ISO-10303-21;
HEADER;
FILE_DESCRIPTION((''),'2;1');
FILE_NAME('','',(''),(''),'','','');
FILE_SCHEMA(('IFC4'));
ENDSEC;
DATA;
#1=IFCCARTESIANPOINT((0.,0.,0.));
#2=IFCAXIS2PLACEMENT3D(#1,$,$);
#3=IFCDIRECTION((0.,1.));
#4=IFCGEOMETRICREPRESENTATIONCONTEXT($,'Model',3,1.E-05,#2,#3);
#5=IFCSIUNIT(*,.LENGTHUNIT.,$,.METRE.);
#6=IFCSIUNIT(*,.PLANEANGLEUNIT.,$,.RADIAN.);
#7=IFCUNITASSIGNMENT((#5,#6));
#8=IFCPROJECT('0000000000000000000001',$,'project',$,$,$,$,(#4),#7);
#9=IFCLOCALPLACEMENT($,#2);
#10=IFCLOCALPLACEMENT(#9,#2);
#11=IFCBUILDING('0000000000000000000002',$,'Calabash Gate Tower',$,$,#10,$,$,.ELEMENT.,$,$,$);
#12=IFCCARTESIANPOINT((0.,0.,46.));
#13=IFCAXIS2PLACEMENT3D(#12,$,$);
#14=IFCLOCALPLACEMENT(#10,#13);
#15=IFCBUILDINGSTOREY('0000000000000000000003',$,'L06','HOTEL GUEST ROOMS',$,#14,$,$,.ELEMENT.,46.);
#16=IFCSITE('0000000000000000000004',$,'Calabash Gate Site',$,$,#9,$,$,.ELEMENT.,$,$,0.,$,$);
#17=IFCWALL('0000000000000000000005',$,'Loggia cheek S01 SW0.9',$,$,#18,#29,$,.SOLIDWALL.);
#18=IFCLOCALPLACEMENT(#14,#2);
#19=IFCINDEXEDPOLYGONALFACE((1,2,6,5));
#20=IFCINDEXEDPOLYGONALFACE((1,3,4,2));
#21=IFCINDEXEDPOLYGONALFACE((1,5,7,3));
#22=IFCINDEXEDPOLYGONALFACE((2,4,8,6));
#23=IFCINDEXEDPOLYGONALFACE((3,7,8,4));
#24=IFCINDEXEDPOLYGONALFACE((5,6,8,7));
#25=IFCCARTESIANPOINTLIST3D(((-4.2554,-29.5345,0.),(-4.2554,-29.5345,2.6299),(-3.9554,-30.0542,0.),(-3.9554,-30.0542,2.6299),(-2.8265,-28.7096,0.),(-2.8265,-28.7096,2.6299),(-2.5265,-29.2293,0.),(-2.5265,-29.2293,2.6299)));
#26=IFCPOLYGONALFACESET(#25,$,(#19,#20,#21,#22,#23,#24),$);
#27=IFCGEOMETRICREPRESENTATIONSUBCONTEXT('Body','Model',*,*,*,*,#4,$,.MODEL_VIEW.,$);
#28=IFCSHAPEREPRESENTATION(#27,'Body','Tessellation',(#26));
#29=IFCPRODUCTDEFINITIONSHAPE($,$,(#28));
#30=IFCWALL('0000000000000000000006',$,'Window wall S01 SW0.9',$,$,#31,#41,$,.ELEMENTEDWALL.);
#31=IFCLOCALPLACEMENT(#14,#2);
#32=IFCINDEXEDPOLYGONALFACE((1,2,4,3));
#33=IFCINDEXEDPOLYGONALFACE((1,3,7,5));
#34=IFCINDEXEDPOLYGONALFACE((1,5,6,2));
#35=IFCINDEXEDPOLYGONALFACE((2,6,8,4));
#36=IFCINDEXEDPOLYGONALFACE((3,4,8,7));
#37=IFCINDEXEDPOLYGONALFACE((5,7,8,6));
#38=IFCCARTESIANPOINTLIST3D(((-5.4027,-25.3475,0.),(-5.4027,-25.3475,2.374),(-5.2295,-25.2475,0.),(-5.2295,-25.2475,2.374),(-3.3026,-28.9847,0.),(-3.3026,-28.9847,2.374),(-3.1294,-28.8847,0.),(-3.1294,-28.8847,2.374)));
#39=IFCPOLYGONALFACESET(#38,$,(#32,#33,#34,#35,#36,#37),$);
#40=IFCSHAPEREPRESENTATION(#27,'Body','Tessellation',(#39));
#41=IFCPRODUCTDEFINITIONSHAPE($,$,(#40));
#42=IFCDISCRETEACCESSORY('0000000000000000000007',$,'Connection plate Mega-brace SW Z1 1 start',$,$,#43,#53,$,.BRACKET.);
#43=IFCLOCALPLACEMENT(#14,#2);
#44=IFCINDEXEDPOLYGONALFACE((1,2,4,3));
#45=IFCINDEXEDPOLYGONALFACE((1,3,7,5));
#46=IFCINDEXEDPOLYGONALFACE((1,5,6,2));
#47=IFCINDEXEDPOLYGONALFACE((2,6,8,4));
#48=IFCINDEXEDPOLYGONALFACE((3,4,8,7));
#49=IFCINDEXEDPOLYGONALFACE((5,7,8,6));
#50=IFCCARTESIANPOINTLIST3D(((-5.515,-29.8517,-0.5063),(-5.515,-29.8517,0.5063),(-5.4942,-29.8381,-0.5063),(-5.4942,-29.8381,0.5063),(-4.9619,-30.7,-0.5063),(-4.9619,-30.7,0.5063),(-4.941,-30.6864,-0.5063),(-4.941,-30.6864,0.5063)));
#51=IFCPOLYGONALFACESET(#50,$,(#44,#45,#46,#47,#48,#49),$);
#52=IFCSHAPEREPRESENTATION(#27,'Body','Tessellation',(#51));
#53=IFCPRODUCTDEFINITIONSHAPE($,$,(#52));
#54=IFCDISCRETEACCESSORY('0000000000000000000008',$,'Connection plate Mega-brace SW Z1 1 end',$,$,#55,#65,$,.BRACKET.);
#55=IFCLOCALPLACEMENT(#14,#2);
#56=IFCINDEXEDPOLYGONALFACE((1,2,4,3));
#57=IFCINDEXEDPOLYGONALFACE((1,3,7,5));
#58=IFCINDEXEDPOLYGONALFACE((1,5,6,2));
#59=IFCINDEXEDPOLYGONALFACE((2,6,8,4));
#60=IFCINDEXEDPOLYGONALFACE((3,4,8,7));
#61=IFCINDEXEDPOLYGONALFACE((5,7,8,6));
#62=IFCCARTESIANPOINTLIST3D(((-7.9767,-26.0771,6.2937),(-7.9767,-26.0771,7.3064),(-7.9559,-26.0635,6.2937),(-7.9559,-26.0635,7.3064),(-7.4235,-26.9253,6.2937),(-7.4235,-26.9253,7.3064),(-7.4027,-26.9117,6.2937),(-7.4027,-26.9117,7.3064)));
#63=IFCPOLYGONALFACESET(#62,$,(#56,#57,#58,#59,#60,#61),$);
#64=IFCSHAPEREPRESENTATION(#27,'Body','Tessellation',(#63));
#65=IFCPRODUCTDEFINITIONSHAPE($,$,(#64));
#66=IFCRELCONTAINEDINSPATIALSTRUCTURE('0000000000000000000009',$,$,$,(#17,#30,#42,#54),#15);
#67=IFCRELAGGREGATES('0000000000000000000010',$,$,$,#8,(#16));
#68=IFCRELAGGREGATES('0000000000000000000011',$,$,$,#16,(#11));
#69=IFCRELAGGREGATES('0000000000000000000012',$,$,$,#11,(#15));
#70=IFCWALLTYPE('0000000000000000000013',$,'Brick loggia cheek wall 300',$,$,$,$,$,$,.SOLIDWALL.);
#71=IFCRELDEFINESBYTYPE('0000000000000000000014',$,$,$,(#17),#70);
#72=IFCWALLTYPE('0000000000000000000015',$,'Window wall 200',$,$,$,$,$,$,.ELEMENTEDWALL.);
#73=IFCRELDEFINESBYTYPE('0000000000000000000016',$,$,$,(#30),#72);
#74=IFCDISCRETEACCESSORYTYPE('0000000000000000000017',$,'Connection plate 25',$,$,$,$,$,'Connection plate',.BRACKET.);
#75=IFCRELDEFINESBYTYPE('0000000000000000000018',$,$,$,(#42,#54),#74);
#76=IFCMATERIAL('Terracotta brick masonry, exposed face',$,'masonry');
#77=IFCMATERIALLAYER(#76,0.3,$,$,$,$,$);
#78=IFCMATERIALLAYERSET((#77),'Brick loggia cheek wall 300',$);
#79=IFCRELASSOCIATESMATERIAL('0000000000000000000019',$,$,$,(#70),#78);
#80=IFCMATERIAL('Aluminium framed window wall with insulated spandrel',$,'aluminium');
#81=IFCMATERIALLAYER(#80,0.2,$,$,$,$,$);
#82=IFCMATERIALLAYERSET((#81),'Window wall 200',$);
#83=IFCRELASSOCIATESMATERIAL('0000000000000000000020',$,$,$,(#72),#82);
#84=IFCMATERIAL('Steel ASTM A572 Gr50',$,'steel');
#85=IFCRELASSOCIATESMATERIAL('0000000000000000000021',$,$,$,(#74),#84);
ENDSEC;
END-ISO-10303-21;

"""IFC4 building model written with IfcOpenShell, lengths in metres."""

from ifc_helpers import new_model, si_unit, direction, frame, frame_2d, origin, origin_2d, place, context, subcontext, project, spatial, rectangle, extrude, material, layer, layer_set, type_object, element, save


model = new_model("IFC4")

# Units and contexts
model_context = context("Model", 3, precision=1e-05, world=origin(), true_north=direction((0.0, 1.0)))
body_context = subcontext(model_context, "Body", "Model", "MODEL_VIEW")
ifc_project = project(units=[si_unit("LENGTHUNIT", "METRE"), si_unit("PLANEANGLEUNIT", "RADIAN")], contexts=[model_context])

# Site, building, storey
site_placement = place(None, origin())
site = spatial("IfcSite", under=ifc_project, at=site_placement, Name="Calabash Gate Site", CompositionType="ELEMENT", RefElevation=0.0)
building_placement = place(site_placement, origin())
building = spatial("IfcBuilding", under=site, at=building_placement, Name="Calabash Gate Tower", CompositionType="ELEMENT")
storey_placement = place(building_placement, frame((0.0, 0.0, 46.0)))
storey = spatial("IfcBuildingStorey", under=building, at=storey_placement, Name="L06", Description="HOTEL GUEST ROOMS", CompositionType="ELEMENT", Elevation=46.0)

# Walls
ifc_material_1 = material(Name="Terracotta brick masonry, exposed face", Category="masonry")
ifc_layer_1 = layer(ifc_material_1, 0.3)
ifc_layer_set_1 = layer_set([ifc_layer_1], Name="Brick loggia cheek wall 300")
wall_type_1 = type_object("IfcWallType", Name="Brick loggia cheek wall 300", PredefinedType="SOLIDWALL", material=ifc_layer_set_1)
wall_1_placement = place(storey_placement, frame((-2.6765, -28.9695, 0.0), z_axis=(0.0, 0.0, 1.0), x_axis=(-0.86604, -0.499974, 0.0)))
element("IfcWall", 1, at=wall_1_placement, inside=storey, type_object=wall_type_1, Name="Loggia cheek S01 SW0.9", PredefinedType="SOLIDWALL", context=body_context, shape_type="SweptSolid", body=[
    extrude(rectangle(XDim=1.6499, YDim=0.6001, at=frame_2d((0.825, 0.0))), origin(), (0.0, 0.0, 1.0), 2.6299),
])
ifc_material_2 = material(Name="Aluminium framed window wall with insulated spandrel", Category="aluminium")
ifc_layer_2 = layer(ifc_material_2, 0.2)
ifc_layer_set_2 = layer_set([ifc_layer_2], Name="Window wall 200")
wall_type_2 = type_object("IfcWallType", Name="Window wall 200", PredefinedType="ELEMENTEDWALL", material=ifc_layer_set_2)
wall_2_placement = place(storey_placement, frame((-5.3162, -25.2974, 0.0), z_axis=(0.0, 0.0, 1.0), x_axis=(0.500028, -0.866009, 0.0)))
element("IfcWall", 2, at=wall_2_placement, inside=storey, type_object=wall_type_2, Name="Window wall S01 SW0.9", PredefinedType="ELEMENTEDWALL", context=body_context, shape_type="SweptSolid", body=[
    extrude(rectangle(XDim=4.2, YDim=0.2, at=frame_2d((2.1001, 0.0))), origin(), (0.0, 0.0, 1.0), 2.374),
])

# Discrete accessories
ifc_material_3 = material(Name="Steel ASTM A572 Gr50", Category="steel")
discrete_accessory_type = type_object("IfcDiscreteAccessoryType", Name="Connection plate 25", ElementType="Connection plate", PredefinedType="BRACKET", material=ifc_material_3)
for number, where, z_axis, x_axis, name in (
    (3, (-5.228, -30.269, -0.5063), (0.0, 0.0, 1.0), (-0.546247, 0.837624, 0.0), "Connection plate Mega-brace SW Z1 1 start"),
    (4, (-7.6897, -26.4944, 6.2937), (0.0, 0.0, 1.0), (-0.546247, 0.837624, 0.0), "Connection plate Mega-brace SW Z1 1 end"),
):
    element("IfcDiscreteAccessory", number, at=place(storey_placement, frame(where, z_axis=z_axis, x_axis=x_axis)), inside=storey, type_object=discrete_accessory_type, Name=name, PredefinedType="BRACKET", context=body_context, shape_type="SweptSolid", body=[
        extrude(rectangle(XDim=1.0127, YDim=0.0249, at=origin_2d()), origin(), (0.0, 0.0, 1.0), 1.0127),
    ])

save(model, "model.ifc")
